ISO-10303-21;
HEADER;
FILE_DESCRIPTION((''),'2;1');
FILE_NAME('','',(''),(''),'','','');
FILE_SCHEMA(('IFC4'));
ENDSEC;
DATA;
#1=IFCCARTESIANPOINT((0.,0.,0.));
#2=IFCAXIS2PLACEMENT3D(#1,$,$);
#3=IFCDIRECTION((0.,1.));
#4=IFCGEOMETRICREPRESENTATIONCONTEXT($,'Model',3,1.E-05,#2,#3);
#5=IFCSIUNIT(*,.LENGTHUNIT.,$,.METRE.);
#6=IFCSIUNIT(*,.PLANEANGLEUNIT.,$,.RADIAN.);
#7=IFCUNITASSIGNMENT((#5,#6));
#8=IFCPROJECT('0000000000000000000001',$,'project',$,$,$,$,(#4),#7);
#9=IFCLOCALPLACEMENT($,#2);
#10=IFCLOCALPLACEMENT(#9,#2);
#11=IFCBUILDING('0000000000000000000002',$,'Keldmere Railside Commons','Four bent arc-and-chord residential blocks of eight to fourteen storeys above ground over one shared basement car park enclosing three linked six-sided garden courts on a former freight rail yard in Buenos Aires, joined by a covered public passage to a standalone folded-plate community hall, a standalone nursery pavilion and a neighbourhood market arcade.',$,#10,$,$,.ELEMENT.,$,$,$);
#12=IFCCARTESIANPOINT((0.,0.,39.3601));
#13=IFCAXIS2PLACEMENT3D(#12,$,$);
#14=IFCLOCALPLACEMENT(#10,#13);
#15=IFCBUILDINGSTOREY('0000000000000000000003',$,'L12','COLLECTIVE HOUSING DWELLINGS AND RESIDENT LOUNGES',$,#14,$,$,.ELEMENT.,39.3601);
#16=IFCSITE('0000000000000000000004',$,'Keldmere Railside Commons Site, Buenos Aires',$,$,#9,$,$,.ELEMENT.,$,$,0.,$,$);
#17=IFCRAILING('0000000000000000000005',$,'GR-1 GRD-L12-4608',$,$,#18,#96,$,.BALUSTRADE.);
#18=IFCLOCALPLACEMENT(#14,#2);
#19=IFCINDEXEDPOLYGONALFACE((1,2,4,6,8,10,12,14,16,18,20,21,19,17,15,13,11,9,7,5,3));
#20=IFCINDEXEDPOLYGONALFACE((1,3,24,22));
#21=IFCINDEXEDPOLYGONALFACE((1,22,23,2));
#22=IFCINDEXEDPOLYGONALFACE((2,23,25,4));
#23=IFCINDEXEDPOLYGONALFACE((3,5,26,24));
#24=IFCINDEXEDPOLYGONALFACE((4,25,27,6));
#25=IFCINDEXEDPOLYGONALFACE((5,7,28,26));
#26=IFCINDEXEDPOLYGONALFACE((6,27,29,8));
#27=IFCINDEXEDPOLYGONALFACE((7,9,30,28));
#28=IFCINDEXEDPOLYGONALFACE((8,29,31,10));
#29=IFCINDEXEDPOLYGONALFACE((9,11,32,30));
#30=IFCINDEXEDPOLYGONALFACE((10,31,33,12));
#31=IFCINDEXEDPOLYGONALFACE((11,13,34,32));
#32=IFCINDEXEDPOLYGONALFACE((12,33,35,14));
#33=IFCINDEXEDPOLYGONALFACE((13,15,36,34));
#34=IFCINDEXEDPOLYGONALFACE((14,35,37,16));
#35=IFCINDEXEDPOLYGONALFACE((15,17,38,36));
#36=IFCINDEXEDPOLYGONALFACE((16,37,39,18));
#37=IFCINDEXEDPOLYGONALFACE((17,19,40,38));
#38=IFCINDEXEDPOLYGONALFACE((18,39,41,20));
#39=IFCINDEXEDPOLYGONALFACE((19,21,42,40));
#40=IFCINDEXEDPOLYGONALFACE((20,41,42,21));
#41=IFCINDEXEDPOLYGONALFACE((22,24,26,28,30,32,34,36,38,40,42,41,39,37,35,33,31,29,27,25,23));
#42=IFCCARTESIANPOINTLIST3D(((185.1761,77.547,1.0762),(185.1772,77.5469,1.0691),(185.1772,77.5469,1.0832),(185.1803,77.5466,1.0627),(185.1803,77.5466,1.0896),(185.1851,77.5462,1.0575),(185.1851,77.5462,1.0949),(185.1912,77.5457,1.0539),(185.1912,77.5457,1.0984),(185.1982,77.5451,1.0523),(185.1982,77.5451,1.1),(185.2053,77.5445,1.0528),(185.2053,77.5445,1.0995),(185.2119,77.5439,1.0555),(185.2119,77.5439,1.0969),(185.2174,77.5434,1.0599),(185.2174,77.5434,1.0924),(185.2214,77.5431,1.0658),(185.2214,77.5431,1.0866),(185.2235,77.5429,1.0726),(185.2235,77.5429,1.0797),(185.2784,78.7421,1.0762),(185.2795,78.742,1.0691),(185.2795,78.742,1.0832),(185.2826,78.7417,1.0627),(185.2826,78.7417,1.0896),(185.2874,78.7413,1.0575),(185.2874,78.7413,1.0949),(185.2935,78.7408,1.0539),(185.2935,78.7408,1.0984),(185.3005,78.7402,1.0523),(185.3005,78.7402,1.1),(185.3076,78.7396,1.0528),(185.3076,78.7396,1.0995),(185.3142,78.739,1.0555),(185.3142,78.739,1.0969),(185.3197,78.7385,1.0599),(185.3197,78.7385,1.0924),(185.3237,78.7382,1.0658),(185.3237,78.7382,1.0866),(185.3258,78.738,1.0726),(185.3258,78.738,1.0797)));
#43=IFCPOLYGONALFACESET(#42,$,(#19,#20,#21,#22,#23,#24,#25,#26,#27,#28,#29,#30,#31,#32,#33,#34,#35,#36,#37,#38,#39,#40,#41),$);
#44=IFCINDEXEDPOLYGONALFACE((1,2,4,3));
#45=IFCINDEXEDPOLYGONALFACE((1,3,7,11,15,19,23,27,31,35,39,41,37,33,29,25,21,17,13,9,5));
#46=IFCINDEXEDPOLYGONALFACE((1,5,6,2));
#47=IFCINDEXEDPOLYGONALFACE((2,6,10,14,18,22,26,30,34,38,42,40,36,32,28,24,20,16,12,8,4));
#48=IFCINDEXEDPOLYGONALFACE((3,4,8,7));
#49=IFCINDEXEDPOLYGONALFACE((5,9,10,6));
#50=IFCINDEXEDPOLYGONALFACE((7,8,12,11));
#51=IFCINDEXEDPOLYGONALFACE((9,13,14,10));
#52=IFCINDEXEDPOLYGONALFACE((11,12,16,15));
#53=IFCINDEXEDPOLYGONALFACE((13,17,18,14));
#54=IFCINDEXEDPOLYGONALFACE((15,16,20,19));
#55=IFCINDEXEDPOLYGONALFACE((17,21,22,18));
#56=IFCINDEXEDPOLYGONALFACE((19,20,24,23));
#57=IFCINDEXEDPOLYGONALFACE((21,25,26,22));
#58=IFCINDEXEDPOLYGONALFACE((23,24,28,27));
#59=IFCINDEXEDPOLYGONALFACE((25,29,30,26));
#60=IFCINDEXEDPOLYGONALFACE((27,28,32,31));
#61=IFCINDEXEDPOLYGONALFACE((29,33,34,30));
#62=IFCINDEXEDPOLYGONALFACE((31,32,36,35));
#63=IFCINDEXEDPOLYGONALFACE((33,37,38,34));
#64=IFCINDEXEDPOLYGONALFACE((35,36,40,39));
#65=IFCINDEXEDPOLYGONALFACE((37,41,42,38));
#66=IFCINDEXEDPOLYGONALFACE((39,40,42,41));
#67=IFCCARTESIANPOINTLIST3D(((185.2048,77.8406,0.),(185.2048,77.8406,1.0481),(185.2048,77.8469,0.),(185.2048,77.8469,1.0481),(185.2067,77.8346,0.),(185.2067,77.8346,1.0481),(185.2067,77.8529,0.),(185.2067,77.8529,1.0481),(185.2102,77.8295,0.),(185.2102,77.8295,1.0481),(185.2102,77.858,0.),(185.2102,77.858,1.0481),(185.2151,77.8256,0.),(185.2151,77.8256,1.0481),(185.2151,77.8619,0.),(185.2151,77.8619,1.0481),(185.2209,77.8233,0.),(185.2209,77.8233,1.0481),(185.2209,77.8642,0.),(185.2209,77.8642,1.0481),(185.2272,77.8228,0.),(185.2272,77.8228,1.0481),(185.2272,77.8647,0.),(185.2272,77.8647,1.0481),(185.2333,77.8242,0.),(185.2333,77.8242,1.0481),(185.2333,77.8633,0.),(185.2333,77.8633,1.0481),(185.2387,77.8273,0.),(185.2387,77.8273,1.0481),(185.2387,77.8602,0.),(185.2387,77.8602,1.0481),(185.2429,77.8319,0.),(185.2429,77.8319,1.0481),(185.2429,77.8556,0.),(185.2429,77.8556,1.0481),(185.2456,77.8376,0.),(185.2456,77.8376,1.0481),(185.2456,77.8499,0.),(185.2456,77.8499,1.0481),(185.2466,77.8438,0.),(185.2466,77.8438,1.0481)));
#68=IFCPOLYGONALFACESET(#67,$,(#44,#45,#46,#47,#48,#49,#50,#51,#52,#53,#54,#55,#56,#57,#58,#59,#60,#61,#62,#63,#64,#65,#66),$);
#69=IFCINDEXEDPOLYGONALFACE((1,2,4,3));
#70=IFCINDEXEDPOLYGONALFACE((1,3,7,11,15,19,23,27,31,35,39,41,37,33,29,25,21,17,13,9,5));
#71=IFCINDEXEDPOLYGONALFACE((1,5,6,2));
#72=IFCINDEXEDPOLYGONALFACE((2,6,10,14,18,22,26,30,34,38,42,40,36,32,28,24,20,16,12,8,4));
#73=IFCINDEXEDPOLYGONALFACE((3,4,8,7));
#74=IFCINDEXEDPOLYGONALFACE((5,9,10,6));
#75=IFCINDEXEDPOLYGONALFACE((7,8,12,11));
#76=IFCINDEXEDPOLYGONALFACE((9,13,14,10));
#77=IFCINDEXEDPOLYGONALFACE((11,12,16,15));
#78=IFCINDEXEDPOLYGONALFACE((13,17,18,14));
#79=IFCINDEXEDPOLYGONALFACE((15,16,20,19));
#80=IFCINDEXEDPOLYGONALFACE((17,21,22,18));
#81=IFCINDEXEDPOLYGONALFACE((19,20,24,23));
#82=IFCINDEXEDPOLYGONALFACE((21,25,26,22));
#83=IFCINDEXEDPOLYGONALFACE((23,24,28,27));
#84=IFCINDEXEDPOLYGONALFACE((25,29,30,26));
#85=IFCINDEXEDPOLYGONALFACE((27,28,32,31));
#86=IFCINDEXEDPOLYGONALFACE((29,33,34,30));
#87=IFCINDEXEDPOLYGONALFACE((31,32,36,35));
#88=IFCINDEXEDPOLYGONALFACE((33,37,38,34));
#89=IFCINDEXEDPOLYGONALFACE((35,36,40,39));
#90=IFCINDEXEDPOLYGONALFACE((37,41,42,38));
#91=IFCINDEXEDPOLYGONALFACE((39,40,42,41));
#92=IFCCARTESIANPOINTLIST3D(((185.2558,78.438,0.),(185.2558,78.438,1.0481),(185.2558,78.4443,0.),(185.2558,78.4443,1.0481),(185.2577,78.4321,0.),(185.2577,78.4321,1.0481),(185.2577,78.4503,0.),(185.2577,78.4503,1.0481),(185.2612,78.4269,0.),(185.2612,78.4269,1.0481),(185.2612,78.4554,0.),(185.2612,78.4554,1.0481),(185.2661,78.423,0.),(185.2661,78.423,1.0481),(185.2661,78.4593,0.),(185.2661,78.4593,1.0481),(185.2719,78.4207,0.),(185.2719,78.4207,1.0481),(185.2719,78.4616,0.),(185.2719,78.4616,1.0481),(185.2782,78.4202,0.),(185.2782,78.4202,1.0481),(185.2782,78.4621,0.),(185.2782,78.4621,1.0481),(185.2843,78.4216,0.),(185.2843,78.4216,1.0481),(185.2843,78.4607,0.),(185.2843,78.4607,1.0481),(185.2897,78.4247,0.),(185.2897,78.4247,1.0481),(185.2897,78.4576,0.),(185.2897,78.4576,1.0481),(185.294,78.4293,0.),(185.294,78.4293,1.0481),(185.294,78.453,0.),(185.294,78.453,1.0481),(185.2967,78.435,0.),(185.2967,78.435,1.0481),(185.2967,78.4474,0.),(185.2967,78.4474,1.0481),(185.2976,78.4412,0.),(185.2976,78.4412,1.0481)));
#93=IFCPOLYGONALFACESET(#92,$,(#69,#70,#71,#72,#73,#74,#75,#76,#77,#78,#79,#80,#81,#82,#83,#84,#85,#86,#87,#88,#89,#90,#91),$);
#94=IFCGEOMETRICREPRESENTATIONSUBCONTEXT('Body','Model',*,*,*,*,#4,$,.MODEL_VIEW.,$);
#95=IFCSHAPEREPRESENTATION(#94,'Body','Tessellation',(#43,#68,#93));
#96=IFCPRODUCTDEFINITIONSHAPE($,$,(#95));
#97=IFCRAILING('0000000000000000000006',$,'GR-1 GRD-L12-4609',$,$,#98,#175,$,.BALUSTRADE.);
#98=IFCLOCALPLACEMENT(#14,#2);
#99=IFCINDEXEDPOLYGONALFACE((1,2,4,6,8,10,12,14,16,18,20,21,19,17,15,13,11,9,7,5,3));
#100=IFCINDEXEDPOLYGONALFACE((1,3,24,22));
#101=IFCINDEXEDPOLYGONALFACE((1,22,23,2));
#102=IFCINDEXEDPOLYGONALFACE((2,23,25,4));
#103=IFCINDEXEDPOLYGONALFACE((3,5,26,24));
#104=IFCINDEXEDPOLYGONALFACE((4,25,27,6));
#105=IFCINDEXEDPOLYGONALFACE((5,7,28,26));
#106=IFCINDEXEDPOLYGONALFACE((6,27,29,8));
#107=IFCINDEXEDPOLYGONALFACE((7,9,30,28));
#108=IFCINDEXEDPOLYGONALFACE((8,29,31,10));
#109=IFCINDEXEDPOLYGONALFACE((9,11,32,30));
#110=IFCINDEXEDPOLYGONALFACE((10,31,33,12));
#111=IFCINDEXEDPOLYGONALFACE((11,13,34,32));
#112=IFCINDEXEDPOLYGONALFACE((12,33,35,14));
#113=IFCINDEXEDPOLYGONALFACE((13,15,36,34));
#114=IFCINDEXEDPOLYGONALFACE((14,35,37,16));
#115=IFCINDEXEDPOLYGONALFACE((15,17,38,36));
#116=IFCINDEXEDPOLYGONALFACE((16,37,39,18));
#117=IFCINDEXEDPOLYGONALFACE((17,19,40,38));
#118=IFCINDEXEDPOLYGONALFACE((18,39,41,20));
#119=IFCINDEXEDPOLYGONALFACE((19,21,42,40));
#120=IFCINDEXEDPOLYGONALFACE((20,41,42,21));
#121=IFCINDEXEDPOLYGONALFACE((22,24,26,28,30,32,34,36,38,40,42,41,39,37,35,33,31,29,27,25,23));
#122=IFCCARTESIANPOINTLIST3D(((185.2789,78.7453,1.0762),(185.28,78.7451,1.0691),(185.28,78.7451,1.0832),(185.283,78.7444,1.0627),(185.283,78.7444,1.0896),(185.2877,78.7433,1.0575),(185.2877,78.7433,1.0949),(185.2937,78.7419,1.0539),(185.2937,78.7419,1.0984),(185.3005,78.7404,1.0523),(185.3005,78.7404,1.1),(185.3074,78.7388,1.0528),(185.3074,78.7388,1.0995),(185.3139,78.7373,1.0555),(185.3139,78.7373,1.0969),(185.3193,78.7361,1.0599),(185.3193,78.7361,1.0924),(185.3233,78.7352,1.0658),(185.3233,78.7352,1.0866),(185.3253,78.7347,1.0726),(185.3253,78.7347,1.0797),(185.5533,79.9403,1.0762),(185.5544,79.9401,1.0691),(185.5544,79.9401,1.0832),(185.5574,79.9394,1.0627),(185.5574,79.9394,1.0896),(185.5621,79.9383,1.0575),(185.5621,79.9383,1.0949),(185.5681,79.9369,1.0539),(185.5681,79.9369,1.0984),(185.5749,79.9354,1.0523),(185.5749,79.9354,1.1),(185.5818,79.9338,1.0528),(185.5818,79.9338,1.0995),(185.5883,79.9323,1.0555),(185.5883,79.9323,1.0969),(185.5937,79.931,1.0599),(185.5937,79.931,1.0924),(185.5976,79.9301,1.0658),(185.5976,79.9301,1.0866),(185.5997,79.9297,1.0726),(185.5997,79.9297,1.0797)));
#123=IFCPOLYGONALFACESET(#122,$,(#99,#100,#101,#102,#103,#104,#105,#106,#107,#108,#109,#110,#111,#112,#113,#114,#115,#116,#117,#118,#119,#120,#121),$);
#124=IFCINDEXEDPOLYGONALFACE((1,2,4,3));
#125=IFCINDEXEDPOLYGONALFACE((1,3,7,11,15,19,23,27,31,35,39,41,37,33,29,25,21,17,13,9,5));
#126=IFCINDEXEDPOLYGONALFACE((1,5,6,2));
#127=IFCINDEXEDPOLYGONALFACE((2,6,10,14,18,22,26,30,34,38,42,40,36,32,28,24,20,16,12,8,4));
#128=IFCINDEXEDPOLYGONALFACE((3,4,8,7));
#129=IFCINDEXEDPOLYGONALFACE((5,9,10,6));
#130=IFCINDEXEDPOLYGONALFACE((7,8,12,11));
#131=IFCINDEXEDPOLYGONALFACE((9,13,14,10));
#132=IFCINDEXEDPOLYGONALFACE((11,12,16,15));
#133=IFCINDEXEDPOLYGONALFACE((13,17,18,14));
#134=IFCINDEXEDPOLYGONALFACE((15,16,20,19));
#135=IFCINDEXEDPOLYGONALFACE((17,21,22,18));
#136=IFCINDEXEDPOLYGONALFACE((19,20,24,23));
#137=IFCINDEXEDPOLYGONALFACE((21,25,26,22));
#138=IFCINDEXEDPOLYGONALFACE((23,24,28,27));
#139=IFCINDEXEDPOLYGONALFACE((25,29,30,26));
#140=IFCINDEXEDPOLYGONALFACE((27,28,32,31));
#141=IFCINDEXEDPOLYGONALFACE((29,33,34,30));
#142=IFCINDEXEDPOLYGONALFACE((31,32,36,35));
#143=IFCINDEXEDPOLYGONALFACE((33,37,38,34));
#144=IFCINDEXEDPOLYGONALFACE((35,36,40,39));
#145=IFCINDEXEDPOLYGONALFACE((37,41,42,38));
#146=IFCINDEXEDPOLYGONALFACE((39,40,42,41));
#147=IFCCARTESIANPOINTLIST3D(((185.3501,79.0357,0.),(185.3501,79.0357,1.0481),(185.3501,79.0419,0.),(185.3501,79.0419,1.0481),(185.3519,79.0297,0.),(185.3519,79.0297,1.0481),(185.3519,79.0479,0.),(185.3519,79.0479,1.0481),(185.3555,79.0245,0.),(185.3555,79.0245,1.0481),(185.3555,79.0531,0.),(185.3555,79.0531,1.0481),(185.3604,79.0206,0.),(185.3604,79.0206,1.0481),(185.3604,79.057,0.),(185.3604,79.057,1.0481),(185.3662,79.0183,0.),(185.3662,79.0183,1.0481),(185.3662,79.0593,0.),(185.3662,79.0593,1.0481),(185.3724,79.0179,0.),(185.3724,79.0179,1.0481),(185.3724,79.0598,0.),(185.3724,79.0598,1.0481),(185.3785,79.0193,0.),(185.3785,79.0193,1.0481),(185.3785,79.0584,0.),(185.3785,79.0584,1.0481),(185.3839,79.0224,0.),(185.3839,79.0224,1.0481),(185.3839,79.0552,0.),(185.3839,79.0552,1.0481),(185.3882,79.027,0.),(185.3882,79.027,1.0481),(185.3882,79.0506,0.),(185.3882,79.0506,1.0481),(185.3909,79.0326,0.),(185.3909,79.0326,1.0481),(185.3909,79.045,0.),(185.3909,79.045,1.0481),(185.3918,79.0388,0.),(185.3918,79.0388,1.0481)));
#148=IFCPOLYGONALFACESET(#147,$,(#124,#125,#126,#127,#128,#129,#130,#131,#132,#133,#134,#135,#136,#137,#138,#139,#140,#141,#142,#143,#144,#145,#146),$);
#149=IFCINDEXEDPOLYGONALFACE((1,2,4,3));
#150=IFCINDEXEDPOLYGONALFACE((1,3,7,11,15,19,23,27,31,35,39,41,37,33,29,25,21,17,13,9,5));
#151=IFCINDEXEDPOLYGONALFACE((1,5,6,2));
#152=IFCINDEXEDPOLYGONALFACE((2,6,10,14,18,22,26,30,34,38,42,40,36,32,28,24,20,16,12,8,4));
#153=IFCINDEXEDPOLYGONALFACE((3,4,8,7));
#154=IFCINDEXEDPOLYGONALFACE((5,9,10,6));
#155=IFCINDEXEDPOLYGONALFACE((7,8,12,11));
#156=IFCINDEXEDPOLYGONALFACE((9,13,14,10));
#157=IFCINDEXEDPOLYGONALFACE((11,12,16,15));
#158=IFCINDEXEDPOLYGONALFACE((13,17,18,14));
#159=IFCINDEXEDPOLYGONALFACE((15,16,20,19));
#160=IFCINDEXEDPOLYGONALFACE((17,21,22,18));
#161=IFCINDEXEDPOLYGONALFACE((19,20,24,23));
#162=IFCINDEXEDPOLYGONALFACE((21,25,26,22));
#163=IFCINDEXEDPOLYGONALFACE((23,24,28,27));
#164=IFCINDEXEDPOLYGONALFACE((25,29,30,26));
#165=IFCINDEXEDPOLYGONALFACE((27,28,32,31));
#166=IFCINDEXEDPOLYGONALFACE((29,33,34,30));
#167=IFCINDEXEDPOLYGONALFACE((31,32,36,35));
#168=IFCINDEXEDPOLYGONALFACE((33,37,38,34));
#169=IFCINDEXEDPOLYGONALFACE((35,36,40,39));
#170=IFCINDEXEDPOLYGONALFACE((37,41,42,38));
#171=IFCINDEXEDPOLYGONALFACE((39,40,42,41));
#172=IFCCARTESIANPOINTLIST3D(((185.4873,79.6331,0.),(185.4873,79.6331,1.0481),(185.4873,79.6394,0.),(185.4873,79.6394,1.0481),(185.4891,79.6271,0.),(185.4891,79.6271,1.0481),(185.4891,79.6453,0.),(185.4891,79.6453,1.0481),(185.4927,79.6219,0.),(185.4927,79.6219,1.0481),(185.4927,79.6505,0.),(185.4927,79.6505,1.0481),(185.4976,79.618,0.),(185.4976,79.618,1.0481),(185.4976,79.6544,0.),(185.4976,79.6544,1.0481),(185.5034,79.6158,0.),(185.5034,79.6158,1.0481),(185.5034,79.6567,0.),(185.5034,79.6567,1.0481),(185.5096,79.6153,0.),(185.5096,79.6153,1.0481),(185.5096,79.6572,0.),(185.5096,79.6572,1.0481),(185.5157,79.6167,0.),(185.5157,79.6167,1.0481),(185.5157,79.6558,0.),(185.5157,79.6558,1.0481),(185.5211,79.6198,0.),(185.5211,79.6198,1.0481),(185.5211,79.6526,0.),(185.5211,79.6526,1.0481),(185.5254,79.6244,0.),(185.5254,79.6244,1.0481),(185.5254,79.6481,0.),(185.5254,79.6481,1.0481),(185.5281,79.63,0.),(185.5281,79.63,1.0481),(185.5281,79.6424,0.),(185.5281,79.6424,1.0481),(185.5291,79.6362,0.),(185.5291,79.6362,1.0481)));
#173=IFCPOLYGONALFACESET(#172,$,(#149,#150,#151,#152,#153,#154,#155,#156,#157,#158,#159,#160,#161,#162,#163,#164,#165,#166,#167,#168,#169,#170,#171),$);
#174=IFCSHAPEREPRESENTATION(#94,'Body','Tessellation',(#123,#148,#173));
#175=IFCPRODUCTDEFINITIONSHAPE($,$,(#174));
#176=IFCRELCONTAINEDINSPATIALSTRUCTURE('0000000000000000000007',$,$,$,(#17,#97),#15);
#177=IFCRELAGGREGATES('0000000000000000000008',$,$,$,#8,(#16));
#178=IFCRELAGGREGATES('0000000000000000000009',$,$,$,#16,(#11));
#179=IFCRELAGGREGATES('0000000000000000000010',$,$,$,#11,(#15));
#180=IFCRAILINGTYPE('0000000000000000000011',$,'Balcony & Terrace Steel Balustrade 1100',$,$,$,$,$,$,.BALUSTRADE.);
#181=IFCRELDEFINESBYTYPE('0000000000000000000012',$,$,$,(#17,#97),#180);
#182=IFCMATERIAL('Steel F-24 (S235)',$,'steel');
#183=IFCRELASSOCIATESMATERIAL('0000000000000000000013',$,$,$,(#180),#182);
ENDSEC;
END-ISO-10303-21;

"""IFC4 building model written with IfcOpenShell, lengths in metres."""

from ifc_helpers import new_model, si_unit, direction, frame, origin, origin_2d, place, context, subcontext, project, spatial, circle, extrude, material, type_object, element, save


model = new_model("IFC4")

# Units and contexts
model_context = context("Model", 3, precision=1e-05, world=origin(), true_north=direction((0.0, 1.0)))
body_context = subcontext(model_context, "Body", "Model", "MODEL_VIEW")
ifc_project = project(units=[si_unit("LENGTHUNIT", "METRE"), si_unit("PLANEANGLEUNIT", "RADIAN")], contexts=[model_context])

# Site, building, storey
site_placement = place(None, origin())
site = spatial("IfcSite", under=ifc_project, at=site_placement, Name="Keldmere Railside Commons Site, Buenos Aires", CompositionType="ELEMENT", RefElevation=0.0)
building_placement = place(site_placement, origin())
building = spatial("IfcBuilding", under=site, at=building_placement, Name="Keldmere Railside Commons", Description="Four bent arc-and-chord residential blocks of eight to fourteen storeys above ground over one shared basement car park enclosing three linked six-sided garden courts on a former freight rail yard in Buenos Aires, joined by a covered public passage to a standalone folded-plate community hall, a standalone nursery pavilion and a neighbourhood market arcade.", CompositionType="ELEMENT")
storey_placement = place(building_placement, frame((0.0, 0.0, 39.3601)))
storey = spatial("IfcBuildingStorey", under=building, at=storey_placement, Name="L12", Description="COLLECTIVE HOUSING DWELLINGS AND RESIDENT LOUNGES", CompositionType="ELEMENT", Elevation=39.3601)

# Shared definitions
ifc_material_1 = material(Name="Steel F-24 (S235)", Category="steel")

# Railings
railing_type_1 = type_object("IfcRailingType", Name="Balcony & Terrace Steel Balustrade 1100", PredefinedType="BALUSTRADE", material=ifc_material_1)
railing_1_placement = place(storey_placement, frame((185.2, 77.5449, 0.0)))
element("IfcRailing", 1, at=railing_1_placement, inside=storey, type_object=railing_type_1, Name="GR-1 GRD-L12-4608", PredefinedType="BALUSTRADE", context=body_context, shape_type="SweptSolid", body=[
    extrude(circle(Radius=0.0239, at=origin_2d()), frame((0.0, 0.0, 1.0762), z_axis=(0.085286, 0.996357, 0.0), x_axis=(-0.996357, 0.085286, 0.0)), (0.0, 0.0, 1.0), 1.1995),
    extrude(circle(Radius=0.021, at=origin_2d()), frame((0.0256, 0.2988, 0.0)), (0.0, 0.0, 1.0), 1.0481),
    extrude(circle(Radius=0.021, at=origin_2d()), frame((0.0767, 0.8962, 0.0)), (0.0, 0.0, 1.0), 1.0481),
])
railing_2_placement = place(storey_placement, frame((185.3022, 78.74, 0.0)))
element("IfcRailing", 2, at=railing_2_placement, inside=storey, type_object=railing_type_1, Name="GR-1 GRD-L12-4609", PredefinedType="BALUSTRADE", context=body_context, shape_type="SweptSolid", body=[
    extrude(circle(Radius=0.0239, at=origin_2d()), frame((0.0, 0.0, 1.0762), z_axis=(0.223798, 0.974636, 0.0), x_axis=(-0.974636, 0.223798, 0.0)), (0.0, 0.0, 1.0), 1.2261),
    extrude(circle(Radius=0.021, at=origin_2d()), frame((0.0686, 0.2988, 0.0)), (0.0, 0.0, 1.0), 1.0481),
    extrude(circle(Radius=0.021, at=origin_2d()), frame((0.2058, 0.8962, 0.0)), (0.0, 0.0, 1.0), 1.0481),
])

save(model, "model.ifc")
